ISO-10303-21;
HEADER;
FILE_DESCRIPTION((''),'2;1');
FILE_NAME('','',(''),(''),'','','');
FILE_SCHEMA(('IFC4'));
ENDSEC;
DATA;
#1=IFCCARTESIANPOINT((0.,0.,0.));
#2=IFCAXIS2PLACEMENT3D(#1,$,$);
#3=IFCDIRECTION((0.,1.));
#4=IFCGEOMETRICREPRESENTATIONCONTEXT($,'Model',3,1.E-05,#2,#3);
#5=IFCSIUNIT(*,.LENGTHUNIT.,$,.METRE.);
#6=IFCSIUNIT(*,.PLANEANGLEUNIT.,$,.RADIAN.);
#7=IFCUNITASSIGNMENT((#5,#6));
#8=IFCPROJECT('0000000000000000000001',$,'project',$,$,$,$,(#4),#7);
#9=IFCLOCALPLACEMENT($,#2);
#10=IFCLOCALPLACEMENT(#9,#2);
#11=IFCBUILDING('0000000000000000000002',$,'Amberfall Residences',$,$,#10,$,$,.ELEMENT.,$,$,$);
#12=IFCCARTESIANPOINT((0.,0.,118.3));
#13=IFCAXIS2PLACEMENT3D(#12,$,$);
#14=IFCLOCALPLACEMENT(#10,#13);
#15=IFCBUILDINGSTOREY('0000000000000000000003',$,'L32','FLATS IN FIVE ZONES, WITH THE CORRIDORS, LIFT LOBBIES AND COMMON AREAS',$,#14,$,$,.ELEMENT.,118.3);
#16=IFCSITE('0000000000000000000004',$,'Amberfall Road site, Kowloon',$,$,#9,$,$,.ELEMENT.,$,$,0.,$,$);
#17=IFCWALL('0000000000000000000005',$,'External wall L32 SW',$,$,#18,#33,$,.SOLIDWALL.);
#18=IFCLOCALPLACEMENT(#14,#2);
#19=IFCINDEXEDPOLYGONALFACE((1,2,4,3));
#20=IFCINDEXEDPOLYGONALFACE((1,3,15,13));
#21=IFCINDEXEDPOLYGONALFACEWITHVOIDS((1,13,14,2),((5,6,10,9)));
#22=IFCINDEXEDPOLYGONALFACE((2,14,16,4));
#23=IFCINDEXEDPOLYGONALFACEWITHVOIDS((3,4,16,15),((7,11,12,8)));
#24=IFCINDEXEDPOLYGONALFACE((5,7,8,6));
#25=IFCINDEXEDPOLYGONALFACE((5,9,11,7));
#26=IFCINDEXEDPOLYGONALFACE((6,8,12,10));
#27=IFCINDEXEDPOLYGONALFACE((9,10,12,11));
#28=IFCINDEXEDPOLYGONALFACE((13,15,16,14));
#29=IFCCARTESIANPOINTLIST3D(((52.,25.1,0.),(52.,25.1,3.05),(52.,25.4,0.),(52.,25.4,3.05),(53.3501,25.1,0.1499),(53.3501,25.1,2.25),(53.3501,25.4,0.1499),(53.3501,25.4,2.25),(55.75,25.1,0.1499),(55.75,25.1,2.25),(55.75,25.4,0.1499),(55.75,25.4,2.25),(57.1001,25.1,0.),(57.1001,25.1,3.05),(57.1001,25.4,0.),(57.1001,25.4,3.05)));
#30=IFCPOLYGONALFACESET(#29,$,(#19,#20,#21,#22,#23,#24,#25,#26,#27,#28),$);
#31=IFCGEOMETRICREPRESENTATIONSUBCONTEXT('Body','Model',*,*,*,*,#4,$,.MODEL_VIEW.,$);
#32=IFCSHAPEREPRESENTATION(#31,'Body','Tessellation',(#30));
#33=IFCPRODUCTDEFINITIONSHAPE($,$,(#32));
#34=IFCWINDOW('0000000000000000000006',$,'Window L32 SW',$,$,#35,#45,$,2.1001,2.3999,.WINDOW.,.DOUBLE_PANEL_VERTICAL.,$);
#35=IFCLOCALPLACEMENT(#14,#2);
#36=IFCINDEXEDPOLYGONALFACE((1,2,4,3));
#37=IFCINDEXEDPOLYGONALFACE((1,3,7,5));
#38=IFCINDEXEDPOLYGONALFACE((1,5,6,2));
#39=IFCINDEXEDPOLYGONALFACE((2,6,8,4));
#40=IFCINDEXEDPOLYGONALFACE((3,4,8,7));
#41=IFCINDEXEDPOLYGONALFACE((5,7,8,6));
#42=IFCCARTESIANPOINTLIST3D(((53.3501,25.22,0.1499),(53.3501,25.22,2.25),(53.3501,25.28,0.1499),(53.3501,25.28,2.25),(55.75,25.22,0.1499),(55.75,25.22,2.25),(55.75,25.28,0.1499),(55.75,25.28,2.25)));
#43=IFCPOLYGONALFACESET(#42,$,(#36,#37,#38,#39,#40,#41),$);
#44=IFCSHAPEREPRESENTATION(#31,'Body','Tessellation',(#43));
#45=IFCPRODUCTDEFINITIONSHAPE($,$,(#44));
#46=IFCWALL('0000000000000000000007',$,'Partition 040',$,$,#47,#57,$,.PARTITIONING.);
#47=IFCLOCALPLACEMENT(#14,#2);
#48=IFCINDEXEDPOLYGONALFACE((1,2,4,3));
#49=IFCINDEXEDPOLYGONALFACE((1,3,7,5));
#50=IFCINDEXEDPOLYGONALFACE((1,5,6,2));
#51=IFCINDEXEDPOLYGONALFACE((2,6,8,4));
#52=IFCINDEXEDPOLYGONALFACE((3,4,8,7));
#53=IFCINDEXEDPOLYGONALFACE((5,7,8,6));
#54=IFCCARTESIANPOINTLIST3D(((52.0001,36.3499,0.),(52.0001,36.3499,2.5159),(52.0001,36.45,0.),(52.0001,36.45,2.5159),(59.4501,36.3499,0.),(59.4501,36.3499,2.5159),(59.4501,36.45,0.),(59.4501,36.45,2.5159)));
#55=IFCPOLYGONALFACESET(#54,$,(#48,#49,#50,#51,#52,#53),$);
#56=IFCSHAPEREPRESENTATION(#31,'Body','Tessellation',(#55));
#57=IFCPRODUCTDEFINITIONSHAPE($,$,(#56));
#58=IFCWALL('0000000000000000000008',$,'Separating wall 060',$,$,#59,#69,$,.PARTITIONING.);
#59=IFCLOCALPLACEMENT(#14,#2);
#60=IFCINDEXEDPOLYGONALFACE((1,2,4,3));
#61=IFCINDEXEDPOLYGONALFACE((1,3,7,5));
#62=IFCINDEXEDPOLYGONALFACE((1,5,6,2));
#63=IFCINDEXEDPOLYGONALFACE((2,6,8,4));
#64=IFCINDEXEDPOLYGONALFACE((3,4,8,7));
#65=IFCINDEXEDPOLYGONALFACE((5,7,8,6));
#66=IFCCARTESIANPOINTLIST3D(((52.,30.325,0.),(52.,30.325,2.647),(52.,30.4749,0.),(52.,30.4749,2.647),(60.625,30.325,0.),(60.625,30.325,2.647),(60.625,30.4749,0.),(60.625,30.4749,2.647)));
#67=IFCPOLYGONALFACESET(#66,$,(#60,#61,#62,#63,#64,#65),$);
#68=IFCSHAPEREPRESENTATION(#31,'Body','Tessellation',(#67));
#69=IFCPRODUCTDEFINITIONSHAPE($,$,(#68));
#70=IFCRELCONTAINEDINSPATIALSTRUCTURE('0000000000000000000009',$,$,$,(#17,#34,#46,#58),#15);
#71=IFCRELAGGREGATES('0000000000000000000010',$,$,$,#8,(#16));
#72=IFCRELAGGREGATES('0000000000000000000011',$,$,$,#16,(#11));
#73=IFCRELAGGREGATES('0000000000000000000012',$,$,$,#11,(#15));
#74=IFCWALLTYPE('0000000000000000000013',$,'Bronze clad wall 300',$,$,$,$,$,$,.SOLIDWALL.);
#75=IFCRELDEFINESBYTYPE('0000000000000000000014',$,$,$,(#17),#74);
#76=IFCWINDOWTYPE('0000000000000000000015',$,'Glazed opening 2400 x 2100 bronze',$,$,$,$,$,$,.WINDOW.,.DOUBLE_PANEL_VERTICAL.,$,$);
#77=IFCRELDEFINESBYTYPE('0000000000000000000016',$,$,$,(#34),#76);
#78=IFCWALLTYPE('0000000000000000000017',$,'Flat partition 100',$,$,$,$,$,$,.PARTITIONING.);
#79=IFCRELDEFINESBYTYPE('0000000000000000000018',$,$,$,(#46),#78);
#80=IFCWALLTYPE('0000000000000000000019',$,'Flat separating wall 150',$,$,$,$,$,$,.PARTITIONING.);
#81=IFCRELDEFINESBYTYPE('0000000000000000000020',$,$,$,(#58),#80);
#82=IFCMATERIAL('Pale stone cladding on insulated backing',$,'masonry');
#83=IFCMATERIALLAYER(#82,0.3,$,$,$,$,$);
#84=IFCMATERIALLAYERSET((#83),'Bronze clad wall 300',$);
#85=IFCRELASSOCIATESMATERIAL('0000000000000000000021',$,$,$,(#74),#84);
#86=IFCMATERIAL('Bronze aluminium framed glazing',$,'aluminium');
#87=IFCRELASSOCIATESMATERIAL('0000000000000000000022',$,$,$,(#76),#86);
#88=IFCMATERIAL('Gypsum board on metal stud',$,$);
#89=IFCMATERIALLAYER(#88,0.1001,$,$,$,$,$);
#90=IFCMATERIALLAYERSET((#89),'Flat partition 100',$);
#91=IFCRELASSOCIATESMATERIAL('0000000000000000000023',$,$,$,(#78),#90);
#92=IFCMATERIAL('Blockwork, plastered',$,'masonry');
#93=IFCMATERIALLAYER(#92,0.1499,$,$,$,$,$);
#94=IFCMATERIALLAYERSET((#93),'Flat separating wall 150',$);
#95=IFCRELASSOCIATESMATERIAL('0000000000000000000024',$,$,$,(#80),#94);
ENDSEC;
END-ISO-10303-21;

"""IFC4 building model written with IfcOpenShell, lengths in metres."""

from ifc_helpers import new_model, si_unit, direction, frame, frame_2d, origin, place, context, subcontext, project, spatial, rectangle, extrude, material, layer, layer_set, type_object, element, fill, save


model = new_model("IFC4")

# Units and contexts
model_context = context("Model", 3, precision=1e-05, world=origin(), true_north=direction((0.0, 1.0)))
body_context = subcontext(model_context, "Body", "Model", "MODEL_VIEW")
ifc_project = project(units=[si_unit("LENGTHUNIT", "METRE"), si_unit("PLANEANGLEUNIT", "RADIAN")], contexts=[model_context])

# Site, building, storey
site_placement = place(None, origin())
site = spatial("IfcSite", under=ifc_project, at=site_placement, Name="Amberfall Road site, Kowloon", CompositionType="ELEMENT", RefElevation=0.0)
building_placement = place(site_placement, origin())
building = spatial("IfcBuilding", under=site, at=building_placement, Name="Amberfall Residences", CompositionType="ELEMENT")
storey_placement = place(building_placement, frame((0.0, 0.0, 118.3)))
storey = spatial("IfcBuildingStorey", under=building, at=storey_placement, Name="L32", Description="FLATS IN FIVE ZONES, WITH THE CORRIDORS, LIFT LOBBIES AND COMMON AREAS", CompositionType="ELEMENT", Elevation=118.3)

# Wall, opening, window
ifc_material_1 = material(Name="Pale stone cladding on insulated backing", Category="masonry")
ifc_layer_1 = layer(ifc_material_1, 0.3)
ifc_layer_set_1 = layer_set([ifc_layer_1], Name="Bronze clad wall 300")
wall_type_1 = type_object("IfcWallType", Name="Bronze clad wall 300", PredefinedType="SOLIDWALL", material=ifc_layer_set_1)
wall_1_placement = place(storey_placement, frame((52.0, 25.25, 0.0), z_axis=(0.0, 0.0, 1.0), x_axis=(1.0, 0.0, 0.0)))
wall_1 = element("IfcWall", 1, at=wall_1_placement, inside=storey, type_object=wall_type_1, Name="External wall L32 SW", PredefinedType="SOLIDWALL", context=body_context, shape_type="SweptSolid", body=[
    extrude(rectangle(XDim=5.1001, YDim=0.3, at=frame_2d((2.55, 0.0))), origin(), (0.0, 0.0, 1.0), 3.05),
])
opening_placement = place(wall_1_placement, frame((1.3501, 0.0, 0.1499)))
opening = element("IfcOpeningElement", 2, at=opening_placement, cuts=wall_1, PredefinedType="OPENING", context=body_context, shape_type="SweptSolid", body=[
    extrude(rectangle(XDim=2.3999, YDim=2.1001, at=frame_2d((1.2, 1.05))), frame((0.0, 0.1599, 0.0), z_axis=(0.0, -1.0, 0.0), x_axis=(1.0, 0.0, 0.0)), (0.0, 0.0, 1.0), 0.3201),
])
ifc_material_2 = material(Name="Bronze aluminium framed glazing", Category="aluminium")
window_type = type_object("IfcWindowType", Name="Glazed opening 2400 x 2100 bronze", PartitioningType="DOUBLE_PANEL_VERTICAL", PredefinedType="WINDOW", material=ifc_material_2)
window_placement = place(opening_placement, origin())
window = element("IfcWindow", 3, at=window_placement, inside=storey, type_object=window_type, Name="Window L32 SW", OverallHeight=2.1001, OverallWidth=2.3999, PartitioningType="DOUBLE_PANEL_VERTICAL", PredefinedType="WINDOW", context=body_context, shape_type="SweptSolid", body=[
    extrude(rectangle(XDim=2.3999, YDim=2.1001, at=frame_2d((1.2, 1.05))), frame((0.0, 0.03, 0.0), z_axis=(0.0, -1.0, 0.0), x_axis=(1.0, 0.0, 0.0)), (0.0, 0.0, 1.0), 0.0601),
])
fill(opening, window)

# Walls
ifc_material_3 = material(Name="Gypsum board on metal stud")
ifc_layer_2 = layer(ifc_material_3, 0.1001)
ifc_layer_set_2 = layer_set([ifc_layer_2], Name="Flat partition 100")
wall_type_2 = type_object("IfcWallType", Name="Flat partition 100", PredefinedType="PARTITIONING", material=ifc_layer_set_2)
wall_2_placement = place(storey_placement, frame((52.0, 36.3999, 0.0), z_axis=(0.0, 0.0, 1.0), x_axis=(1.0, 0.0, 0.0)))
element("IfcWall", 4, at=wall_2_placement, inside=storey, type_object=wall_type_2, Name="Partition 040", PredefinedType="PARTITIONING", context=body_context, shape_type="SweptSolid", body=[
    extrude(rectangle(XDim=7.45, YDim=0.1001, at=frame_2d((3.7251, 0.0))), origin(), (0.0, 0.0, 1.0), 2.5159),
])
ifc_material_4 = material(Name="Blockwork, plastered", Category="masonry")
ifc_layer_3 = layer(ifc_material_4, 0.1499)
ifc_layer_set_3 = layer_set([ifc_layer_3], Name="Flat separating wall 150")
wall_type_3 = type_object("IfcWallType", Name="Flat separating wall 150", PredefinedType="PARTITIONING", material=ifc_layer_set_3)
wall_3_placement = place(storey_placement, frame((52.0, 30.3999, 0.0), z_axis=(0.0, 0.0, 1.0), x_axis=(1.0, 0.0, 0.0)))
element("IfcWall", 5, at=wall_3_placement, inside=storey, type_object=wall_type_3, Name="Separating wall 060", PredefinedType="PARTITIONING", context=body_context, shape_type="SweptSolid", body=[
    extrude(rectangle(XDim=8.625, YDim=0.1499, at=frame_2d((4.3125, 0.0))), origin(), (0.0, 0.0, 1.0), 2.647),
])

save(model, "model.ifc")
